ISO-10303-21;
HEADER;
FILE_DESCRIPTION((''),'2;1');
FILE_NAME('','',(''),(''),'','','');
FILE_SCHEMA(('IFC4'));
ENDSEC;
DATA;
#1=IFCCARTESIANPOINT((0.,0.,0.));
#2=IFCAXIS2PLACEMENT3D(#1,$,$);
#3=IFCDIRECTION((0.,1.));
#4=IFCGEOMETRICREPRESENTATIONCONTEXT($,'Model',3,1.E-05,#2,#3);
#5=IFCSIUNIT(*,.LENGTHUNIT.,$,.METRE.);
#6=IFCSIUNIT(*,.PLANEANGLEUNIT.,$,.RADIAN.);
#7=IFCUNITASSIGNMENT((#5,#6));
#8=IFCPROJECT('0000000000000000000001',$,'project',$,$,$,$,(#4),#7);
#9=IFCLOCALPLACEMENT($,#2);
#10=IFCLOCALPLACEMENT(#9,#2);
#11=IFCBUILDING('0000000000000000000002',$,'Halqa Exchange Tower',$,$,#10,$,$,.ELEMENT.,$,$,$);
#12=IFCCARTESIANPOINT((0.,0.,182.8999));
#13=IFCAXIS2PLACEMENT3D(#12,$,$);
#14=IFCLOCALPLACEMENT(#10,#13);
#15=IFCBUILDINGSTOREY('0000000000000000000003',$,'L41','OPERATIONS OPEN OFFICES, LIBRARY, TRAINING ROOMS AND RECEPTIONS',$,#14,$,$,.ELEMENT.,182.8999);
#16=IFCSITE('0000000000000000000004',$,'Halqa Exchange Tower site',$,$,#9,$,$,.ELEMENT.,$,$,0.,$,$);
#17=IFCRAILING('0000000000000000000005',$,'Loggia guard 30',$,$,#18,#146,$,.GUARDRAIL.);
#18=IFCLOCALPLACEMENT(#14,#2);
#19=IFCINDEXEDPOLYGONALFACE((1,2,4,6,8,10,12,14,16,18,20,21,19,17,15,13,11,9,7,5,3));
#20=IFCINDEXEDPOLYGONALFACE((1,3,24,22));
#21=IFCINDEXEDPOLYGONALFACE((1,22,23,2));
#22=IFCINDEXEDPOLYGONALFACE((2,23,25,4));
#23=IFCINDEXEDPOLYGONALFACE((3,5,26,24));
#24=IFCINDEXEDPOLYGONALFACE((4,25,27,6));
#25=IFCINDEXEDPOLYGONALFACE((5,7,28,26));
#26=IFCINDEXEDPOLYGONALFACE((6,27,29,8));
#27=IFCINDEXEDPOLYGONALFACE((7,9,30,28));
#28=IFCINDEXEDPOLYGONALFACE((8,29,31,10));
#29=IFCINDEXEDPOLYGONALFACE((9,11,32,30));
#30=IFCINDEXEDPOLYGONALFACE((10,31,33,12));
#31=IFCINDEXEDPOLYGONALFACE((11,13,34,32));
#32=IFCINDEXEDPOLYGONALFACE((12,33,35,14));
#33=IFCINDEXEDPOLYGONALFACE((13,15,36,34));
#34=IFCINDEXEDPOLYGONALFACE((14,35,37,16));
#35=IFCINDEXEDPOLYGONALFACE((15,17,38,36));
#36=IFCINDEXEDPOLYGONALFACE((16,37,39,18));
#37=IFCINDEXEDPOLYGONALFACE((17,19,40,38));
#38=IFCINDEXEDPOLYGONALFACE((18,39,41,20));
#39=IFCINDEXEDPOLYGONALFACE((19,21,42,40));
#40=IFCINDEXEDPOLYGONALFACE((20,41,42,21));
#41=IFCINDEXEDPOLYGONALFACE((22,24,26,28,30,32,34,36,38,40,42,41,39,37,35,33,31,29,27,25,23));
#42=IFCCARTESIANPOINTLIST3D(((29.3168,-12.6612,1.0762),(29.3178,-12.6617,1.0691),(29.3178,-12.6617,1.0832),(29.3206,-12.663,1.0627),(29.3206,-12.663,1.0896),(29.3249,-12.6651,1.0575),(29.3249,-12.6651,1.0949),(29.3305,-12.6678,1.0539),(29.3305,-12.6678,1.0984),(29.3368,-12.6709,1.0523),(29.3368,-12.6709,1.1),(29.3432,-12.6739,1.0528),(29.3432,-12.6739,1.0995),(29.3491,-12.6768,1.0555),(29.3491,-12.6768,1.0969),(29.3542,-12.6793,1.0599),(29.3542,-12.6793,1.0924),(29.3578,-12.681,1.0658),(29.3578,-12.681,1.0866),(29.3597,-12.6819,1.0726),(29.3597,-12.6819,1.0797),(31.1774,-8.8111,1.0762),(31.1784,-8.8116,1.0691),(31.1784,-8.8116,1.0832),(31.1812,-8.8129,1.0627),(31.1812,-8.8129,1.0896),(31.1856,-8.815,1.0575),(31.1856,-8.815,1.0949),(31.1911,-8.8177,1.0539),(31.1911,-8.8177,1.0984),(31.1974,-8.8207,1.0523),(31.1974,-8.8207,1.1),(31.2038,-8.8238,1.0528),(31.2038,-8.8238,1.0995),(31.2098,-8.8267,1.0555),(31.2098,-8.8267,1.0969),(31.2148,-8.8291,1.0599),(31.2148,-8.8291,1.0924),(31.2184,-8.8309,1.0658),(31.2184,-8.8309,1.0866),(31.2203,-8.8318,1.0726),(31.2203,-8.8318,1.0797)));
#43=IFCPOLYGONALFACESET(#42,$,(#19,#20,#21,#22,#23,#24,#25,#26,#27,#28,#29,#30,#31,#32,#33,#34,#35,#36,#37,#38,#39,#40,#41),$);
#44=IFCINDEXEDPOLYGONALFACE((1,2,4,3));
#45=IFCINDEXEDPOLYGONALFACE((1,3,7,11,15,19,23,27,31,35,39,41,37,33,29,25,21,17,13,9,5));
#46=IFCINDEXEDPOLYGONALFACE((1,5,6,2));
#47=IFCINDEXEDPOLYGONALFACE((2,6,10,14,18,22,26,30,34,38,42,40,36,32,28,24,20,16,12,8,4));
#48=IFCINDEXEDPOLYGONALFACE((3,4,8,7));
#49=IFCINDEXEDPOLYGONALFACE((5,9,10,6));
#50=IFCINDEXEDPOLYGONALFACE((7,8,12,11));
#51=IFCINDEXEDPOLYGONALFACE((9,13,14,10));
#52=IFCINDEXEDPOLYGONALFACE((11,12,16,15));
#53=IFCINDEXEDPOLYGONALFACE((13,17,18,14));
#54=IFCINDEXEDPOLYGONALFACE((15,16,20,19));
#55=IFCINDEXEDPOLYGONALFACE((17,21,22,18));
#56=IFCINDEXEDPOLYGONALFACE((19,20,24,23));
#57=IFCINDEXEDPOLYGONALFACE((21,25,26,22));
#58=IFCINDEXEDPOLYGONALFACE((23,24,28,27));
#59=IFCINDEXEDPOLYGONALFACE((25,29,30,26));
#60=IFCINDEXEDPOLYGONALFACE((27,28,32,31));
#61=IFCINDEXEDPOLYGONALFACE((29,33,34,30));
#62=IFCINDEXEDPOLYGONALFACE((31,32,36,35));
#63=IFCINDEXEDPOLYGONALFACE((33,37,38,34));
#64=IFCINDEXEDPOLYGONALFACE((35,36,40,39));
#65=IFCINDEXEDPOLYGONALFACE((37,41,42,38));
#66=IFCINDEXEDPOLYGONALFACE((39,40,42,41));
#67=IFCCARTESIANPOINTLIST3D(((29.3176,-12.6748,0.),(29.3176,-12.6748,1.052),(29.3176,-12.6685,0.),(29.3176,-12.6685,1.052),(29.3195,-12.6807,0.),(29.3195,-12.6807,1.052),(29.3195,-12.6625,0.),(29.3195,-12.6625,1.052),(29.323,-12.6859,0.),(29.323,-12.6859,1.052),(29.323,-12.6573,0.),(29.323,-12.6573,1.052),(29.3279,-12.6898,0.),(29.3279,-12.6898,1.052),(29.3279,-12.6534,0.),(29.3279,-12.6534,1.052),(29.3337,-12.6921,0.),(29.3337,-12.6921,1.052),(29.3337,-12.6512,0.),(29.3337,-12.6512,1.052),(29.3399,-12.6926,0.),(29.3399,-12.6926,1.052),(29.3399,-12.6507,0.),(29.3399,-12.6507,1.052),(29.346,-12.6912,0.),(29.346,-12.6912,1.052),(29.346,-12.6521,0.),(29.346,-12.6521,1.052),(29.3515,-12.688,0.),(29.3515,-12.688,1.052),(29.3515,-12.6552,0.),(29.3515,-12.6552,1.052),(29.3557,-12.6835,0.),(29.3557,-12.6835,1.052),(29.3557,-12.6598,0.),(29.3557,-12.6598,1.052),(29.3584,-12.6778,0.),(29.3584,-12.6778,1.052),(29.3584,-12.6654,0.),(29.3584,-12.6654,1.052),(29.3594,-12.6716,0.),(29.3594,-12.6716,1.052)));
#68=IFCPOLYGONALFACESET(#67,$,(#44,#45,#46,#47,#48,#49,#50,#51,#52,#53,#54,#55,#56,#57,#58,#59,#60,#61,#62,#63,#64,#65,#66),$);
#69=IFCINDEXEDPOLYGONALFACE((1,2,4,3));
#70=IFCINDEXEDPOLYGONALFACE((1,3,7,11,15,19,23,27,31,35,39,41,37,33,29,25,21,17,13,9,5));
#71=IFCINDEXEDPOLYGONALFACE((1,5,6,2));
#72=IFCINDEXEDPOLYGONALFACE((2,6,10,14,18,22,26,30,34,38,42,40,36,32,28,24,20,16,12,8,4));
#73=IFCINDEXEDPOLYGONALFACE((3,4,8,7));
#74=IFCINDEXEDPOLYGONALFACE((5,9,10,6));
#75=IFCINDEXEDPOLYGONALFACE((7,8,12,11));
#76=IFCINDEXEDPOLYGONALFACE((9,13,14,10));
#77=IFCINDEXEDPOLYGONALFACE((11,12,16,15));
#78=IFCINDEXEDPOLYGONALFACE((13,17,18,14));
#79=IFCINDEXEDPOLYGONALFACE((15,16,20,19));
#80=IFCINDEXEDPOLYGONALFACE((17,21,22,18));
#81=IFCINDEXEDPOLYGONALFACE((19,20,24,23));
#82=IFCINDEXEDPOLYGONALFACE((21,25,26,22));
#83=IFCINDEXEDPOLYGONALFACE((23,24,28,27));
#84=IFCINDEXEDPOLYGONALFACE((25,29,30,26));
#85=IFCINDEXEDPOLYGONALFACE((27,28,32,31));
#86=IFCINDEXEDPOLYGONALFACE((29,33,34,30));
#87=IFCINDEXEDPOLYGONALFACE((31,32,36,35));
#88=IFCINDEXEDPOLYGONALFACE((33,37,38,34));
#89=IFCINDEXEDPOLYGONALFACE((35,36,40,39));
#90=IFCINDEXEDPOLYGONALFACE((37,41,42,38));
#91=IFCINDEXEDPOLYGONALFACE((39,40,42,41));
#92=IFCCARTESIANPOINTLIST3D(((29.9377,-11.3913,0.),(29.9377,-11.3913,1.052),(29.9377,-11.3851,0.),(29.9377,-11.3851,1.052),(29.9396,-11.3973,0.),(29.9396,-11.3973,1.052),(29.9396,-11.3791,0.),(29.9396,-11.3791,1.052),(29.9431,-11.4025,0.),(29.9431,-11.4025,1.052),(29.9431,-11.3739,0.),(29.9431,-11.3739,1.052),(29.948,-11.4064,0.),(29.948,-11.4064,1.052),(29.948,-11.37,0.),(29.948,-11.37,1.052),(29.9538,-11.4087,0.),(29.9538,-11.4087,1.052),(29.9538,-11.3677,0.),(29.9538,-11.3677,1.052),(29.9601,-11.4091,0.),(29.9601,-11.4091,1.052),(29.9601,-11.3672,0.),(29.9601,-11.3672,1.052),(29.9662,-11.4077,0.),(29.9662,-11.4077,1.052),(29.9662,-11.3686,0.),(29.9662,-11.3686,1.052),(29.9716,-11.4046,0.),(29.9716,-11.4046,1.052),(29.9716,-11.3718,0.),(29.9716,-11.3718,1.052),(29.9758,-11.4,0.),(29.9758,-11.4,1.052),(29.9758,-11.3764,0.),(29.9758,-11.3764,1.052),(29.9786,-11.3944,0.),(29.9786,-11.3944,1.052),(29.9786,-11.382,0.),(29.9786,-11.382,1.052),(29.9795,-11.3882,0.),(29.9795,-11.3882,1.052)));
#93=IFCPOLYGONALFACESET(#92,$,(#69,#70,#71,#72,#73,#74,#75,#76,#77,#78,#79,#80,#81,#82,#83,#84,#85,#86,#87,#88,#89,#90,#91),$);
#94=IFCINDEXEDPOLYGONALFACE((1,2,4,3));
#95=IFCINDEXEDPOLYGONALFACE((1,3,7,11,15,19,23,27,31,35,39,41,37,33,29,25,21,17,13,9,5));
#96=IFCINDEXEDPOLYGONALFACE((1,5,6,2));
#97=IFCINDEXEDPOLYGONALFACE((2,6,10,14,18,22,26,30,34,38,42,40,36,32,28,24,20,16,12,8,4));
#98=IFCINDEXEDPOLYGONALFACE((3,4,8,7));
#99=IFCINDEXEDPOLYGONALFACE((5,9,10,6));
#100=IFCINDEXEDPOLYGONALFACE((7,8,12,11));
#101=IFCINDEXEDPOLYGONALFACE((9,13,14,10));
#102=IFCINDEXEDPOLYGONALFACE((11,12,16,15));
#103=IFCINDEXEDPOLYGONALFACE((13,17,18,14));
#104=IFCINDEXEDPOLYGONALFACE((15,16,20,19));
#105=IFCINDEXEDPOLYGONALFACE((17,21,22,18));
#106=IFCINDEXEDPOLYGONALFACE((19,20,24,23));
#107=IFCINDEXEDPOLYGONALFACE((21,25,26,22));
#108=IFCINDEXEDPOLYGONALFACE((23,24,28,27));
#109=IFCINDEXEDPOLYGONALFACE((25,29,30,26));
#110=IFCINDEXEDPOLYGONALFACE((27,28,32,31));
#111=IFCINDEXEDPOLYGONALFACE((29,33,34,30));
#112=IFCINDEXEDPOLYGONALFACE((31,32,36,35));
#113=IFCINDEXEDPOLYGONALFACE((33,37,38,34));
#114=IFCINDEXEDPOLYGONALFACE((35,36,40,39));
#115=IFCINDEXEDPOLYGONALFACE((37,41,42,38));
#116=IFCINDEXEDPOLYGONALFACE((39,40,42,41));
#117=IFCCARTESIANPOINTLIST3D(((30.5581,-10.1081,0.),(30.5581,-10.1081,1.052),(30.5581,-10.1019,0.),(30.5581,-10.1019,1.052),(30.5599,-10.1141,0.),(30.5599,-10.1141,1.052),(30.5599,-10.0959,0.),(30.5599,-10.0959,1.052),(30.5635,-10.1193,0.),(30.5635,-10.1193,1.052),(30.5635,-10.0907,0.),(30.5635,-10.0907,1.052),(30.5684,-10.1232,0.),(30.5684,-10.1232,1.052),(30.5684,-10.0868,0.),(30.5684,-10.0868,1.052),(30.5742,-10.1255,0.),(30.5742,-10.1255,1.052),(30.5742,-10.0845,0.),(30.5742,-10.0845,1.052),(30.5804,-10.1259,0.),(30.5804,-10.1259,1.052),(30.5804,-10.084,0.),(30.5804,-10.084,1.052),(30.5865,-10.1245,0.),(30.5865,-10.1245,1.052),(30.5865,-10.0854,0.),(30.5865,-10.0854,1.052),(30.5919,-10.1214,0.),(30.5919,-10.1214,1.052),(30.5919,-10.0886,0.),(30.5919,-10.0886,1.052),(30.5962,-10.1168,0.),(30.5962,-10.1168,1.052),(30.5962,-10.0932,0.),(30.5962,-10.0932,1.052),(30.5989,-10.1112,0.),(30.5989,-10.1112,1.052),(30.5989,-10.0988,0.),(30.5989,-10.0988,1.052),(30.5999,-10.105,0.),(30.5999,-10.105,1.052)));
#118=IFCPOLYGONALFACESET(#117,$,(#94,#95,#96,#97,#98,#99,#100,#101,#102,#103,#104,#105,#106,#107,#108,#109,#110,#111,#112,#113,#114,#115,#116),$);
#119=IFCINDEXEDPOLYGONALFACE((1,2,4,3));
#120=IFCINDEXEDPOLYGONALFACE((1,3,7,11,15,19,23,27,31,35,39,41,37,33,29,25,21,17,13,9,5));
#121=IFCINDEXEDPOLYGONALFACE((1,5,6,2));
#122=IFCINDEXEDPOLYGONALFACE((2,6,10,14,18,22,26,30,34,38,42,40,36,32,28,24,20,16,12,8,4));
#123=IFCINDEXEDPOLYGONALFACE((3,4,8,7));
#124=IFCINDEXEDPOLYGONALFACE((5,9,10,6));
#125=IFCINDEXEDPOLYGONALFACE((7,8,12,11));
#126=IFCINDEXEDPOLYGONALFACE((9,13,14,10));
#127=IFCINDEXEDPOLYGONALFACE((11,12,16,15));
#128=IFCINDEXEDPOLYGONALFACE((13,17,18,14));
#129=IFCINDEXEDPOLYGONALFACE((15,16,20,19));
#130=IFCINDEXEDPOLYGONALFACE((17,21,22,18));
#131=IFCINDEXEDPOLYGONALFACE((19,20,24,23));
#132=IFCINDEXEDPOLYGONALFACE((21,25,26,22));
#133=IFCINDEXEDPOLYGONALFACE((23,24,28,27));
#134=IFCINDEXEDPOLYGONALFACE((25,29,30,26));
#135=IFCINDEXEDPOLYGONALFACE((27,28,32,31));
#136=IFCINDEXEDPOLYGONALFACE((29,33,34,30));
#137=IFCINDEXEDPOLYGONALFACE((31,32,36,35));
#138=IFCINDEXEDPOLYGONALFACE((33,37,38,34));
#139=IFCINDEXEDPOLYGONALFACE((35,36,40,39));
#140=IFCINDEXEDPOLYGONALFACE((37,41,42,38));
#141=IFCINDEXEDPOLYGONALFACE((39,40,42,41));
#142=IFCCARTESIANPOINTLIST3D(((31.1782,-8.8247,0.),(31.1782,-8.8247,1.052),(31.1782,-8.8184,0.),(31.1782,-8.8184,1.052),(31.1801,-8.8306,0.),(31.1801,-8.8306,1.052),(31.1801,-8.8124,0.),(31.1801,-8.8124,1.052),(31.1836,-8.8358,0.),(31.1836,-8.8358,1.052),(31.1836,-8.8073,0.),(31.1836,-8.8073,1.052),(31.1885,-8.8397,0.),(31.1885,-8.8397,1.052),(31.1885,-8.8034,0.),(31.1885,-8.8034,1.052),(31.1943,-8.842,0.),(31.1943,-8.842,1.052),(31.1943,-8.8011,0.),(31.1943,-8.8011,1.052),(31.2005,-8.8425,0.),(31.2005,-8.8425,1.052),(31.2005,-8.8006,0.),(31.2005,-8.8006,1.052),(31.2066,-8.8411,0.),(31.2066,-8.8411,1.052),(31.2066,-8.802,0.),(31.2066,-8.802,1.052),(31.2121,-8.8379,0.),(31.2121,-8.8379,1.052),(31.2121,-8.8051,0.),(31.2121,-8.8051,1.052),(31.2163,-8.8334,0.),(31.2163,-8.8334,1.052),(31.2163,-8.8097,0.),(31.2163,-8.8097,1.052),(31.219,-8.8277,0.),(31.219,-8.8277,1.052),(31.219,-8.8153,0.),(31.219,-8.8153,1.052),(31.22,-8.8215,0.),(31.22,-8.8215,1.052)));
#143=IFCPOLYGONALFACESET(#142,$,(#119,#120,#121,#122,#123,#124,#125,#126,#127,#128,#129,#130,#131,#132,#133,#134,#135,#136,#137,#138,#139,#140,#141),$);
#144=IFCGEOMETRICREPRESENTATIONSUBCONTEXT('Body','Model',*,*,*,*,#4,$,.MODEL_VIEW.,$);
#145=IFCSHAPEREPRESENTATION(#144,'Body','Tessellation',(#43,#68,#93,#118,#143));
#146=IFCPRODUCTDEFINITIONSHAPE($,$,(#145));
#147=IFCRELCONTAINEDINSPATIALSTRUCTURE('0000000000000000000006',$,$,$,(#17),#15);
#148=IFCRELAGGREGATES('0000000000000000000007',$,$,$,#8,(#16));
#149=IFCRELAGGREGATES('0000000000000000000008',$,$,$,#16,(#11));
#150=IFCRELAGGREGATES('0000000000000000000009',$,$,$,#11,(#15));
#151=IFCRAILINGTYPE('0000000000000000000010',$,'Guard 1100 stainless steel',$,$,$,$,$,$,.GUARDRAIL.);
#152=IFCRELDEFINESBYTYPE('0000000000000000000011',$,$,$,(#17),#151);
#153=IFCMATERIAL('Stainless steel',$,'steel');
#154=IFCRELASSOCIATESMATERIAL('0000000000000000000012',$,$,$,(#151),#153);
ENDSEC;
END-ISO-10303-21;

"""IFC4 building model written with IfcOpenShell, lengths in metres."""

from ifc_helpers import new_model, si_unit, direction, frame, origin, origin_2d, place, context, subcontext, project, spatial, circle, extrude, material, type_object, element, save


model = new_model("IFC4")

# Units and contexts
model_context = context("Model", 3, precision=1e-05, world=origin(), true_north=direction((0.0, 1.0)))
body_context = subcontext(model_context, "Body", "Model", "MODEL_VIEW")
ifc_project = project(units=[si_unit("LENGTHUNIT", "METRE"), si_unit("PLANEANGLEUNIT", "RADIAN")], contexts=[model_context])

# Site, building, storey
site_placement = place(None, origin())
site = spatial("IfcSite", under=ifc_project, at=site_placement, Name="Halqa Exchange Tower site", CompositionType="ELEMENT", RefElevation=0.0)
building_placement = place(site_placement, origin())
building = spatial("IfcBuilding", under=site, at=building_placement, Name="Halqa Exchange Tower", CompositionType="ELEMENT")
storey_placement = place(building_placement, frame((0.0, 0.0, 182.8999)))
storey = spatial("IfcBuildingStorey", under=building, at=storey_placement, Name="L41", Description="OPERATIONS OPEN OFFICES, LIBRARY, TRAINING ROOMS AND RECEPTIONS", CompositionType="ELEMENT", Elevation=182.8999)

# Railing
ifc_material_1 = material(Name="Stainless steel", Category="steel")
railing_type = type_object("IfcRailingType", Name="Guard 1100 stainless steel", PredefinedType="GUARDRAIL", material=ifc_material_1)
railing_1_placement = place(storey_placement, frame((29.3384, -12.6716, 0.0)))
element("IfcRailing", 1, at=railing_1_placement, inside=storey, type_object=railing_type, Name="Loggia guard 30", PredefinedType="GUARDRAIL", context=body_context, shape_type="SweptSolid", body=[
    extrude(circle(Radius=0.0239, at=origin_2d()), frame((0.0, 0.0, 1.0762), z_axis=(0.435115, 0.900375, 0.0), x_axis=(-0.900375, 0.435115, 0.0)), (0.0, 0.0, 1.0), 4.2761),
    extrude(circle(Radius=0.021, at=origin_2d()), origin(), (0.0, 0.0, 1.0), 1.052),
    extrude(circle(Radius=0.021, at=origin_2d()), frame((0.6201, 1.2834, 0.0)), (0.0, 0.0, 1.0), 1.052),
    extrude(circle(Radius=0.021, at=origin_2d()), frame((1.2405, 2.5667, 0.0)), (0.0, 0.0, 1.0), 1.052),
    extrude(circle(Radius=0.021, at=origin_2d()), frame((1.8606, 3.8501, 0.0)), (0.0, 0.0, 1.0), 1.052),
])

save(model, "model.ifc")
